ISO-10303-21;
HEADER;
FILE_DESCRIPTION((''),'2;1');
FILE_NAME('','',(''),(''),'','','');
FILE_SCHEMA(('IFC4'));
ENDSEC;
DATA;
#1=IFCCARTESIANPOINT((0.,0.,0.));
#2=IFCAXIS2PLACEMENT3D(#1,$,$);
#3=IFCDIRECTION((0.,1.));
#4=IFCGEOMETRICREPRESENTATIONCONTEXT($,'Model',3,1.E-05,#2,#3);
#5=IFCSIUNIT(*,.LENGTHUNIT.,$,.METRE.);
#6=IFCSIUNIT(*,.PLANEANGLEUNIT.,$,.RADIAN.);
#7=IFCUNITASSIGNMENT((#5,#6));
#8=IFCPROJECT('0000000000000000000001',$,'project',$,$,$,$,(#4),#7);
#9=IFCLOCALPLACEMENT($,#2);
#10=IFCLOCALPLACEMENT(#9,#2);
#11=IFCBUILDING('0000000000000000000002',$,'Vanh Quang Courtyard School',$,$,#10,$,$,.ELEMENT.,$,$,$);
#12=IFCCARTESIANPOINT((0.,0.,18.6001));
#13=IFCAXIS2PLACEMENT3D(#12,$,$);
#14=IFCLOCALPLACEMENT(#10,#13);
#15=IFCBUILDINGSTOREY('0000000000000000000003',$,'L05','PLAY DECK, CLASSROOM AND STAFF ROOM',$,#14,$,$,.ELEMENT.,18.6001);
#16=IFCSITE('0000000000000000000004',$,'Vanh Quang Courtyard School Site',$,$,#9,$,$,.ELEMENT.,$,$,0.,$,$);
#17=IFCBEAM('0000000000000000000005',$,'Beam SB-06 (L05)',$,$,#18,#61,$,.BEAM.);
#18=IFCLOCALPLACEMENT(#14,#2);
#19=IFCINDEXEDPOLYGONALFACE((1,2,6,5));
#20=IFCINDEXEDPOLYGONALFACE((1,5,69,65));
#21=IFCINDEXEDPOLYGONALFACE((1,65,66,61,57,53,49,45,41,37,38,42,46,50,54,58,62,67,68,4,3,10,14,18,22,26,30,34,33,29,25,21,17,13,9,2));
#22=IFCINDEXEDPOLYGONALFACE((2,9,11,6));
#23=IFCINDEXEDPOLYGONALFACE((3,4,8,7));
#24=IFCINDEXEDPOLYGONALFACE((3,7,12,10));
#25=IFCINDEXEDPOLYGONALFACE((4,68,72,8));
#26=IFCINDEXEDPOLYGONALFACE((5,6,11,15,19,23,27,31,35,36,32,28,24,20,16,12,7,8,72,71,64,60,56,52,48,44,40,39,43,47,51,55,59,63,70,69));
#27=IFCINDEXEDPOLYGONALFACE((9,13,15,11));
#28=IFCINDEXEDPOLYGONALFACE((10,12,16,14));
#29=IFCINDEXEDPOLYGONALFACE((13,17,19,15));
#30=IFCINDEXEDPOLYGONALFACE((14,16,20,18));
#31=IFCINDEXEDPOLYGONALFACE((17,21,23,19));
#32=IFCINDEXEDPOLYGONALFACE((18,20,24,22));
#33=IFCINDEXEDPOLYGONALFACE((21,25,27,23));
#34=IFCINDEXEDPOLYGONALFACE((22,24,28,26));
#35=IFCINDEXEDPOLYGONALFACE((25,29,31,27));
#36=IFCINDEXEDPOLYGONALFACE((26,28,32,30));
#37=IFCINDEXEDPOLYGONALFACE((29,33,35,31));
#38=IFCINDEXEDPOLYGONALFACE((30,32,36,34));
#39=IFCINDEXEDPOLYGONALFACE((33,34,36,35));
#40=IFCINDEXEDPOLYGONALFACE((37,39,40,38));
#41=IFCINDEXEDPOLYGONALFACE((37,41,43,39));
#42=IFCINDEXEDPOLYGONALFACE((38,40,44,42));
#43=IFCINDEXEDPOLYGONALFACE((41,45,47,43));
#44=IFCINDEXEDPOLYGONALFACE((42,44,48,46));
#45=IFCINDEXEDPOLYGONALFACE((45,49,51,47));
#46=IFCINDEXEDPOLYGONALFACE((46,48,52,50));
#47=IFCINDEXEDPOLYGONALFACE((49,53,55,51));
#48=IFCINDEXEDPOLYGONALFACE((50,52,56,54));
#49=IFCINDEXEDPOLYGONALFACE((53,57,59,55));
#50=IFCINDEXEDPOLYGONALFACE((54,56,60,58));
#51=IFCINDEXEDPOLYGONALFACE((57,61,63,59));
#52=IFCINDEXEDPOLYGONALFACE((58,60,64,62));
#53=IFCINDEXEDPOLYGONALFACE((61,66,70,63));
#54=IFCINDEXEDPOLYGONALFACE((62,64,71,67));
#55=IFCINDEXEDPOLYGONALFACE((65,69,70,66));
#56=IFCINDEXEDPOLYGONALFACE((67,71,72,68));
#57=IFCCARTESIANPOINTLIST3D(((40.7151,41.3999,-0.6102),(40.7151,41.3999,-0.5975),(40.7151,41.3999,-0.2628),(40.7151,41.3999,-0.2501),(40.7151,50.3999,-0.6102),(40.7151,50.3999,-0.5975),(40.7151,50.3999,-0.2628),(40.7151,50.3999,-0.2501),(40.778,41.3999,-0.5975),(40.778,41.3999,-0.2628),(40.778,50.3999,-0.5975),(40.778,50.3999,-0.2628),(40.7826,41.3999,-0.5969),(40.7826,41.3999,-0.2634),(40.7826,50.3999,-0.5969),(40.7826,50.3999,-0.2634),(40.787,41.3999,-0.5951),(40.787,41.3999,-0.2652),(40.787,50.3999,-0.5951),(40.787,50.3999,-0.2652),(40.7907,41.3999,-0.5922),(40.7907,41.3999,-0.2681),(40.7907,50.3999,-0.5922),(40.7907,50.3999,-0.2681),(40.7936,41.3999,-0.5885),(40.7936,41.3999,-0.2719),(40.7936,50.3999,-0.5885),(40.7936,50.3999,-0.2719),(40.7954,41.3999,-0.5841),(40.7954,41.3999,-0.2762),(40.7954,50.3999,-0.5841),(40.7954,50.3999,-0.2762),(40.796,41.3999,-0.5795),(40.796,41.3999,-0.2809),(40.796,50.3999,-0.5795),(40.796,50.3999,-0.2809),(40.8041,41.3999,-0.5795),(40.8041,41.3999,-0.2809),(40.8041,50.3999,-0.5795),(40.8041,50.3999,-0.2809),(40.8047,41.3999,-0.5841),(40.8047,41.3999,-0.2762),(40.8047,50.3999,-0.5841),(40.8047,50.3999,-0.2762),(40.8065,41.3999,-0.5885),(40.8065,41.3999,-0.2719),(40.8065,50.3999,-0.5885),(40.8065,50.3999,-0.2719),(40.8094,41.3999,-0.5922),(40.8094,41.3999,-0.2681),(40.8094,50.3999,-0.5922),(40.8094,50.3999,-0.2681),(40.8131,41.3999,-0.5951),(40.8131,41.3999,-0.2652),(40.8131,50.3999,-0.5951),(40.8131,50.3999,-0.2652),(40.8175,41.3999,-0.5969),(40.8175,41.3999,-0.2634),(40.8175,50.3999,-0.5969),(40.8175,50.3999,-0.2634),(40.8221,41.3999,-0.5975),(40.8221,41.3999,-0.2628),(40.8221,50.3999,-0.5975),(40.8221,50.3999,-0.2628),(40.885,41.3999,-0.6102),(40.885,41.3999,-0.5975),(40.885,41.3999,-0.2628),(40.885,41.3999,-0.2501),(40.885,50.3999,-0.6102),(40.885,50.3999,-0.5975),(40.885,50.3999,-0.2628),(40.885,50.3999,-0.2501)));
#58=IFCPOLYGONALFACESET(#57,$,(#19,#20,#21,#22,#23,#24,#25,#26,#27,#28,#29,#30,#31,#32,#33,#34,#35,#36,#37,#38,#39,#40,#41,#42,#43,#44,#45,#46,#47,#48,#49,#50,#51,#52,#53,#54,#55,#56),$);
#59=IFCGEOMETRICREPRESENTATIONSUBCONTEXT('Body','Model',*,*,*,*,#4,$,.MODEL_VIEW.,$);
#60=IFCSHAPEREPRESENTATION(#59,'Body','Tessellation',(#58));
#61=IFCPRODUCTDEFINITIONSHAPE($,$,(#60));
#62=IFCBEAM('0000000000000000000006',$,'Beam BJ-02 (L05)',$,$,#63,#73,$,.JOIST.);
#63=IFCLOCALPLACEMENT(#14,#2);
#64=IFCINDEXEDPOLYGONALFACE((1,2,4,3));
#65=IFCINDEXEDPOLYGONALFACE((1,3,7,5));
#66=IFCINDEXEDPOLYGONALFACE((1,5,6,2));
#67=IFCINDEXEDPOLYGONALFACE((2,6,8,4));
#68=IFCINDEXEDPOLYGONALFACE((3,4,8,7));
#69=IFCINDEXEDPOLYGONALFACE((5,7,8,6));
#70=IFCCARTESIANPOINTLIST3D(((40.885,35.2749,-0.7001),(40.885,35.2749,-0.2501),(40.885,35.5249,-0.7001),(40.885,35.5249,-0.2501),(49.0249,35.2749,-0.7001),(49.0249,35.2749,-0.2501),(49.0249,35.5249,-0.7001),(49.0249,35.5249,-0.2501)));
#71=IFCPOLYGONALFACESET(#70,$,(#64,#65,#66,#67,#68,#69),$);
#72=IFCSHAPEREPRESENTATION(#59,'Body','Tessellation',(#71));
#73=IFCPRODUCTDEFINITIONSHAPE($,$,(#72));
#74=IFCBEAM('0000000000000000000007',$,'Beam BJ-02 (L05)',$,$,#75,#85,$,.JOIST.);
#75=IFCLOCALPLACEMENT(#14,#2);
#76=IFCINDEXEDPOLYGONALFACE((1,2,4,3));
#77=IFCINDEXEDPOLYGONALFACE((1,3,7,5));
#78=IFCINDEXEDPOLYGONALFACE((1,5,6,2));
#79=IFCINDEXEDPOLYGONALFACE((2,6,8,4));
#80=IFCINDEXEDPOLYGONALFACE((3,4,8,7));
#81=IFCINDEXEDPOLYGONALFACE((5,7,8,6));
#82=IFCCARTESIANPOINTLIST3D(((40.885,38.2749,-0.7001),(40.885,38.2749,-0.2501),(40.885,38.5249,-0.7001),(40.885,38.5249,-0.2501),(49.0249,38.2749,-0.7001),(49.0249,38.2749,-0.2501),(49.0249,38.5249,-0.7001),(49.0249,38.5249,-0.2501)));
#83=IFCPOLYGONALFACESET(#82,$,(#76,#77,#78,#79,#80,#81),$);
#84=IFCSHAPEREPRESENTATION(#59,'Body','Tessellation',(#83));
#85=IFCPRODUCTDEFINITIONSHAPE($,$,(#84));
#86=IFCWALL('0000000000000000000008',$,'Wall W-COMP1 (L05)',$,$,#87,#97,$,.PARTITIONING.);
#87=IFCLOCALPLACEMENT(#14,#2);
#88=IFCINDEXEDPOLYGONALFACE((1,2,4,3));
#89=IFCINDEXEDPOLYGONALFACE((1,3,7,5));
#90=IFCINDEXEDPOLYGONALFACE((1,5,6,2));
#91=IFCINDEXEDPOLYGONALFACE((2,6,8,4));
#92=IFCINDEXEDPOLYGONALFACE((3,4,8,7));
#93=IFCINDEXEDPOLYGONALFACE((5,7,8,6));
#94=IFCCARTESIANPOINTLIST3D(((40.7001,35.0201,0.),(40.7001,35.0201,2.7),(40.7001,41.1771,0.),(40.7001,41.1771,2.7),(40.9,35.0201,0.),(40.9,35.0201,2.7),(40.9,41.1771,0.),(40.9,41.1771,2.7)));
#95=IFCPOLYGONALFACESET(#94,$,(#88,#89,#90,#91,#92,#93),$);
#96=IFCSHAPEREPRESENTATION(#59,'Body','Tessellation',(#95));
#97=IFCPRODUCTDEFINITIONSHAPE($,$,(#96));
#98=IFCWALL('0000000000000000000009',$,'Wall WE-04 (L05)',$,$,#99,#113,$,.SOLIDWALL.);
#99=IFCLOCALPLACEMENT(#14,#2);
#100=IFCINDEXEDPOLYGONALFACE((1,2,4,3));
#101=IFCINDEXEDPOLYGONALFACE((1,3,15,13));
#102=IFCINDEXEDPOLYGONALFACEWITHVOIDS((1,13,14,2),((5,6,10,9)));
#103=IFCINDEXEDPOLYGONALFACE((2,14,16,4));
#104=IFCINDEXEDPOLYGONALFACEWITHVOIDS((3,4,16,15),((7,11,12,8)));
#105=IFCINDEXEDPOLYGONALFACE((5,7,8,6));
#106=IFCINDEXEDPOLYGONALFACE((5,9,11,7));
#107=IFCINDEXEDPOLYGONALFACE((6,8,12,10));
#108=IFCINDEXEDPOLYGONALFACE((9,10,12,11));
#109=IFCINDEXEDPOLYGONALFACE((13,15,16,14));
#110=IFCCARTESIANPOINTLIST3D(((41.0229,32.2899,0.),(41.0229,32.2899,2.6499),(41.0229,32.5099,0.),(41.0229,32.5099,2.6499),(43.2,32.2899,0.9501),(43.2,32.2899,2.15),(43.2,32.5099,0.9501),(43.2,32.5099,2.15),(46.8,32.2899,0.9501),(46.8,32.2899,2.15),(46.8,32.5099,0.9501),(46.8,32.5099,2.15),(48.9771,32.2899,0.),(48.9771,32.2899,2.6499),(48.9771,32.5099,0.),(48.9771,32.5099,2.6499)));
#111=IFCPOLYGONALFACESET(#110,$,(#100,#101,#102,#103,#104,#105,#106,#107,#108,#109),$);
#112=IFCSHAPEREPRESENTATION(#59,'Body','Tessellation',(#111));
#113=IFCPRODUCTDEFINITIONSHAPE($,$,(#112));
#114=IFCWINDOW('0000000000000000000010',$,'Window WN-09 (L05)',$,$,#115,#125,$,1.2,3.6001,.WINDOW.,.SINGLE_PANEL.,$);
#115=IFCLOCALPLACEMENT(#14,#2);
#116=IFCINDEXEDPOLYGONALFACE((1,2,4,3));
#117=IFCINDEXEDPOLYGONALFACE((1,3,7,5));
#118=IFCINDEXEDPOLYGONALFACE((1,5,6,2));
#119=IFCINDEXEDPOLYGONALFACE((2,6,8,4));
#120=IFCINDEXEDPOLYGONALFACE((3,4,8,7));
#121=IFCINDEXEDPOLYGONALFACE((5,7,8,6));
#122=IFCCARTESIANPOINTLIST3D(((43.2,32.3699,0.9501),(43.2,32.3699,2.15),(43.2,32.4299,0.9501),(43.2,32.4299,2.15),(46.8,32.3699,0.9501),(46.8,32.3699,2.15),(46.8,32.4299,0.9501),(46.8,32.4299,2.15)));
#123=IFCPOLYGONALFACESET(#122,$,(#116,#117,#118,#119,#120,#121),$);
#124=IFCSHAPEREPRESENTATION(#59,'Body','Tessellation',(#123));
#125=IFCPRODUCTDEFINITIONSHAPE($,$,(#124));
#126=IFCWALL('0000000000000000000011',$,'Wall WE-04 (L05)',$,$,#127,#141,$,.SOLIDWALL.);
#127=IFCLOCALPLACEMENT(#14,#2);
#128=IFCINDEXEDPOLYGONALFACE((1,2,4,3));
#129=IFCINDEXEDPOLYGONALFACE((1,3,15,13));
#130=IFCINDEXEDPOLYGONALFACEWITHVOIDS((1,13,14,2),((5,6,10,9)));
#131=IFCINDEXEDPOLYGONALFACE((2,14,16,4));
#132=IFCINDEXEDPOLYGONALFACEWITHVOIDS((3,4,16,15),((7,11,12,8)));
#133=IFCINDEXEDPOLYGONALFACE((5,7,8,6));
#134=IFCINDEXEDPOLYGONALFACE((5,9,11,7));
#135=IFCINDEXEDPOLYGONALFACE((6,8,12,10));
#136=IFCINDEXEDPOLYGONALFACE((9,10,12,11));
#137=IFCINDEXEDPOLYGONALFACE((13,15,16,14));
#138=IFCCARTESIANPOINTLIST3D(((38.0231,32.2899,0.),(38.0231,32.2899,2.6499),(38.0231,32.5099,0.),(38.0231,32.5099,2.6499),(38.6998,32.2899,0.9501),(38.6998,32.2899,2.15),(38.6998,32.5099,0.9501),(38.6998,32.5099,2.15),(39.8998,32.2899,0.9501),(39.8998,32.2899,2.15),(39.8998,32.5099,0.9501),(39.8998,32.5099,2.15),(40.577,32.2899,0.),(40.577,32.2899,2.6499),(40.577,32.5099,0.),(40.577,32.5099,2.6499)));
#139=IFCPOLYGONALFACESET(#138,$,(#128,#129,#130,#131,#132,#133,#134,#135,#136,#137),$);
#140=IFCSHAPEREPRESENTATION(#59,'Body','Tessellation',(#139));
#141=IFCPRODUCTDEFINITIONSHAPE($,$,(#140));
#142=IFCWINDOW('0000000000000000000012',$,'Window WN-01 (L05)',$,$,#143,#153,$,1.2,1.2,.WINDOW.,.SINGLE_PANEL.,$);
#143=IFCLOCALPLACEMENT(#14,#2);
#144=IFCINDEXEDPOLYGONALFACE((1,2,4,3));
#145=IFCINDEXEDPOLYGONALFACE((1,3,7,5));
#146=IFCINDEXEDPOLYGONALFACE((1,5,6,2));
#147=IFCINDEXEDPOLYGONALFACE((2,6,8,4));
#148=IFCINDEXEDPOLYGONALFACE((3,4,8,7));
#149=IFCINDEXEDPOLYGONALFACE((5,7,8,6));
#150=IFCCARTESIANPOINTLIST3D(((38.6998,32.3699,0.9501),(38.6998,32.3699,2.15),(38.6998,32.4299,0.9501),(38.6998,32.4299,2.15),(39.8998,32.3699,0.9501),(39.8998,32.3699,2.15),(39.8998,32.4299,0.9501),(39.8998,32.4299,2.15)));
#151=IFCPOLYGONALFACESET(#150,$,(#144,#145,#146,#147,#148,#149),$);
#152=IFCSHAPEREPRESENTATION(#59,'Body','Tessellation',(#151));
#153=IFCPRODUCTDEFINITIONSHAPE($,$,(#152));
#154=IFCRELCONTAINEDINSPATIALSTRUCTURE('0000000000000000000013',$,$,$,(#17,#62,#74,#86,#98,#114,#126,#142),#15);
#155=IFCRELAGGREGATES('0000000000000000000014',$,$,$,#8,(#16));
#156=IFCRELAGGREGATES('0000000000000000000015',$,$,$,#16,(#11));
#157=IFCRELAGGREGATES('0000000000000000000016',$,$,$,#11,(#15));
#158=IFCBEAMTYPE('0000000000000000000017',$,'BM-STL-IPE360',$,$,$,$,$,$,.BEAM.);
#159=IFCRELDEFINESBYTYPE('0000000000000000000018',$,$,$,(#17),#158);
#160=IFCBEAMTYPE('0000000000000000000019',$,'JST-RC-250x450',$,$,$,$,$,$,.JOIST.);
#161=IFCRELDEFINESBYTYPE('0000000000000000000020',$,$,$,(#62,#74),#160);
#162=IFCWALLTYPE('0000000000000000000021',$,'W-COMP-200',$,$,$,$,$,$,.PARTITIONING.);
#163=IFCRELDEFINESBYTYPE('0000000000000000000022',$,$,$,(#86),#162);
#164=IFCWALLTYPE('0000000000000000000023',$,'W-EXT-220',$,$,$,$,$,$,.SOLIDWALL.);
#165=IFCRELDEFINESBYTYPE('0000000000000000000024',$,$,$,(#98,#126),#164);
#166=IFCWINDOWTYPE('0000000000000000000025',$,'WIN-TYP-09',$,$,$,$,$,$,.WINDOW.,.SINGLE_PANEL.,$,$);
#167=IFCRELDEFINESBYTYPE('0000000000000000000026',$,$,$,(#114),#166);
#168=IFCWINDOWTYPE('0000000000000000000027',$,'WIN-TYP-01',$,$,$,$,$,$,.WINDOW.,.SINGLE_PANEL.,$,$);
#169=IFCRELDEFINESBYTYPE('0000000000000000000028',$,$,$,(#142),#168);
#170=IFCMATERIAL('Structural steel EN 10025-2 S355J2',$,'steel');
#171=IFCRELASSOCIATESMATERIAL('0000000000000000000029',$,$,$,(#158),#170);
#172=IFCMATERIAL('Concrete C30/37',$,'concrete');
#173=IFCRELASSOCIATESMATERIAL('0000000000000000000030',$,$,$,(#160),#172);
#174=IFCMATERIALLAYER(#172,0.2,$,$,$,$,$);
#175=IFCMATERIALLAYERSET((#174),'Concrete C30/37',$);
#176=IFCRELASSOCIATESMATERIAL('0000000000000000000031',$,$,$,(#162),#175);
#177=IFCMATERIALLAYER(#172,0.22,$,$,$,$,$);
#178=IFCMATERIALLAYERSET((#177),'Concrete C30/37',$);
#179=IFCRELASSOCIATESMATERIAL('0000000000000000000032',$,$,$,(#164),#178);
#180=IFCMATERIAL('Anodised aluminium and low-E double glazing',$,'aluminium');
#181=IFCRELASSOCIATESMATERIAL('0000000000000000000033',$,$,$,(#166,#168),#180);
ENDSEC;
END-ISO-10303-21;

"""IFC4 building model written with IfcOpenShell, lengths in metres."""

from ifc_helpers import new_model, si_unit, direction, frame, frame_2d, origin, origin_2d, place, context, subcontext, project, spatial, rectangle, i_section, extrude, material, layer, layer_set, material_profile, profile_set, type_object, element, fill, save


model = new_model("IFC4")

# Units and contexts
model_context = context("Model", 3, precision=1e-05, world=origin(), true_north=direction((0.0, 1.0)))
body_context = subcontext(model_context, "Body", "Model", "MODEL_VIEW")
ifc_project = project(units=[si_unit("LENGTHUNIT", "METRE"), si_unit("PLANEANGLEUNIT", "RADIAN")], contexts=[model_context])

# Site, building, storey
site_placement = place(None, origin())
site = spatial("IfcSite", under=ifc_project, at=site_placement, Name="Vanh Quang Courtyard School Site", CompositionType="ELEMENT", RefElevation=0.0)
building_placement = place(site_placement, origin())
building = spatial("IfcBuilding", under=site, at=building_placement, Name="Vanh Quang Courtyard School", CompositionType="ELEMENT")
storey_placement = place(building_placement, frame((0.0, 0.0, 18.6001)))
storey = spatial("IfcBuildingStorey", under=building, at=storey_placement, Name="L05", Description="PLAY DECK, CLASSROOM AND STAFF ROOM", CompositionType="ELEMENT", Elevation=18.6001)

# Beams
ifc_material_1 = material(Name="Structural steel EN 10025-2 S355J2", Category="steel")
ifc_material_profile_1 = material_profile(ifc_material_1, i_section(OverallWidth=0.1699, OverallDepth=0.3601, WebThickness=0.0081, FlangeThickness=0.0127, FilletRadius=0.0181, at=origin_2d()), Name="IPE 360")
ifc_profile_set_1 = profile_set([ifc_material_profile_1], Name="Structural steel EN 10025-2 S355J2")
beam_type_1 = type_object("IfcBeamType", Name="BM-STL-IPE360", PredefinedType="BEAM", material=ifc_profile_set_1)
for number, where, z_axis, x_axis, name in (
    (1, (40.8, 41.3999, -0.4302), (0.0, 1.0, 0.0), (-1.0, 0.0, 0.0), "Beam SB-06 (L05)"),
):
    element("IfcBeam", number, at=place(storey_placement, frame(where, z_axis=z_axis, x_axis=x_axis)), inside=storey, type_object=beam_type_1, Name=name, PredefinedType="BEAM", context=body_context, shape_type="SweptSolid", body=[
        extrude(i_section(OverallWidth=0.1699, OverallDepth=0.3601, WebThickness=0.0081, FlangeThickness=0.0127, FilletRadius=0.0181, at=origin_2d()), origin(), (0.0, 0.0, 1.0), 9.0),
    ])
ifc_material_2 = material(Name="Concrete C30/37", Category="concrete")
ifc_material_profile_2 = material_profile(ifc_material_2, rectangle(XDim=0.25, YDim=0.45, at=origin_2d()), Name="RC-JST 250x450")
ifc_profile_set_2 = profile_set([ifc_material_profile_2], Name="Concrete C30/37")
beam_type_2 = type_object("IfcBeamType", Name="JST-RC-250x450", PredefinedType="JOIST", material=ifc_profile_set_2)
for number, where, z_axis, x_axis, name in (
    (2, (40.885, 35.3999, -0.4751), (1.0, 0.0, 0.0), (0.0, 1.0, 0.0), "Beam BJ-02 (L05)"),
    (3, (40.885, 38.3999, -0.4751), (1.0, 0.0, 0.0), (0.0, 1.0, 0.0), "Beam BJ-02 (L05)"),
):
    element("IfcBeam", number, at=place(storey_placement, frame(where, z_axis=z_axis, x_axis=x_axis)), inside=storey, type_object=beam_type_2, Name=name, PredefinedType="JOIST", context=body_context, shape_type="SweptSolid", body=[
        extrude(rectangle(XDim=0.25, YDim=0.45, at=origin_2d()), origin(), (0.0, 0.0, 1.0), 8.1399),
    ])

# Wall
ifc_layer_1 = layer(ifc_material_2, 0.2)
ifc_layer_set_1 = layer_set([ifc_layer_1], Name="Concrete C30/37")
wall_type_1 = type_object("IfcWallType", Name="W-COMP-200", PredefinedType="PARTITIONING", material=ifc_layer_set_1)
wall_1_placement = place(storey_placement, frame((40.8, 35.02, 0.0), z_axis=(0.0, 0.0, 1.0), x_axis=(0.0, 1.0, 0.0)))
element("IfcWall", 4, at=wall_1_placement, inside=storey, type_object=wall_type_1, Name="Wall W-COMP1 (L05)", PredefinedType="PARTITIONING", context=body_context, shape_type="SweptSolid", body=[
    extrude(rectangle(XDim=6.157, YDim=0.2, at=frame_2d((3.0786, 0.0))), origin(), (0.0, 0.0, 1.0), 2.7),
])

# Walls, openings, windows
ifc_layer_2 = layer(ifc_material_2, 0.22)
ifc_layer_set_2 = layer_set([ifc_layer_2], Name="Concrete C30/37")
wall_type_2 = type_object("IfcWallType", Name="W-EXT-220", PredefinedType="SOLIDWALL", material=ifc_layer_set_2)
wall_2_placement = place(storey_placement, frame((48.9771, 32.3999, 0.0), z_axis=(0.0, 0.0, 1.0), x_axis=(-1.0, 0.0, 0.0)))
wall_2 = element("IfcWall", 5, at=wall_2_placement, inside=storey, type_object=wall_type_2, Name="Wall WE-04 (L05)", PredefinedType="SOLIDWALL", context=body_context, shape_type="SweptSolid", body=[
    extrude(rectangle(XDim=7.9541, YDim=0.22, at=frame_2d((3.9771, 0.0))), origin(), (0.0, 0.0, 1.0), 2.6499),
])
opening_1_placement = place(wall_2_placement, frame((2.177, 0.0, 0.95)))
opening_1 = element("IfcOpeningElement", 6, at=opening_1_placement, cuts=wall_2, PredefinedType="OPENING", context=body_context, shape_type="SweptSolid", body=[
    extrude(rectangle(XDim=3.6001, YDim=1.2, at=frame_2d((1.8, 0.6001))), frame((0.0, 0.1201, 0.0), z_axis=(0.0, -1.0, 0.0), x_axis=(1.0, 0.0, 0.0)), (0.0, 0.0, 1.0), 0.24),
])
ifc_material_3 = material(Name="Anodised aluminium and low-E double glazing", Category="aluminium")
window_type_1 = type_object("IfcWindowType", Name="WIN-TYP-09", PartitioningType="SINGLE_PANEL", PredefinedType="WINDOW", material=ifc_material_3)
window_1_placement = place(opening_1_placement, origin())
window_1 = element("IfcWindow", 7, at=window_1_placement, inside=storey, type_object=window_type_1, Name="Window WN-09 (L05)", OverallHeight=1.2, OverallWidth=3.6001, PartitioningType="SINGLE_PANEL", PredefinedType="WINDOW", context=body_context, shape_type="SweptSolid", body=[
    extrude(rectangle(XDim=3.6001, YDim=1.2, at=frame_2d((1.8, 0.6001))), frame((0.0, 0.03, 0.0), z_axis=(0.0, -1.0, 0.0), x_axis=(1.0, 0.0, 0.0)), (0.0, 0.0, 1.0), 0.0601),
])
fill(opening_1, window_1)
wall_3_placement = place(storey_placement, frame((40.5769, 32.3999, 0.0), z_axis=(0.0, 0.0, 1.0), x_axis=(-1.0, 0.0, 0.0)))
wall_3 = element("IfcWall", 8, at=wall_3_placement, inside=storey, type_object=wall_type_2, Name="Wall WE-04 (L05)", PredefinedType="SOLIDWALL", context=body_context, shape_type="SweptSolid", body=[
    extrude(rectangle(XDim=2.554, YDim=0.22, at=frame_2d((1.2769, 0.0))), origin(), (0.0, 0.0, 1.0), 2.6499),
])
opening_2_placement = place(wall_3_placement, frame((0.677, 0.0, 0.95)))
opening_2 = element("IfcOpeningElement", 9, at=opening_2_placement, cuts=wall_3, PredefinedType="OPENING", context=body_context, shape_type="SweptSolid", body=[
    extrude(rectangle(XDim=1.2, YDim=1.2, at=frame_2d((0.6001, 0.6001))), frame((0.0, 0.1201, 0.0), z_axis=(0.0, -1.0, 0.0), x_axis=(1.0, 0.0, 0.0)), (0.0, 0.0, 1.0), 0.24),
])
window_type_2 = type_object("IfcWindowType", Name="WIN-TYP-01", PartitioningType="SINGLE_PANEL", PredefinedType="WINDOW", material=ifc_material_3)
window_2_placement = place(opening_2_placement, origin())
window_2 = element("IfcWindow", 10, at=window_2_placement, inside=storey, type_object=window_type_2, Name="Window WN-01 (L05)", OverallHeight=1.2, OverallWidth=1.2, PartitioningType="SINGLE_PANEL", PredefinedType="WINDOW", context=body_context, shape_type="SweptSolid", body=[
    extrude(rectangle(XDim=1.2, YDim=1.2, at=frame_2d((0.6001, 0.6001))), frame((0.0, 0.03, 0.0), z_axis=(0.0, -1.0, 0.0), x_axis=(1.0, 0.0, 0.0)), (0.0, 0.0, 1.0), 0.0601),
])
fill(opening_2, window_2)

save(model, "model.ifc")
